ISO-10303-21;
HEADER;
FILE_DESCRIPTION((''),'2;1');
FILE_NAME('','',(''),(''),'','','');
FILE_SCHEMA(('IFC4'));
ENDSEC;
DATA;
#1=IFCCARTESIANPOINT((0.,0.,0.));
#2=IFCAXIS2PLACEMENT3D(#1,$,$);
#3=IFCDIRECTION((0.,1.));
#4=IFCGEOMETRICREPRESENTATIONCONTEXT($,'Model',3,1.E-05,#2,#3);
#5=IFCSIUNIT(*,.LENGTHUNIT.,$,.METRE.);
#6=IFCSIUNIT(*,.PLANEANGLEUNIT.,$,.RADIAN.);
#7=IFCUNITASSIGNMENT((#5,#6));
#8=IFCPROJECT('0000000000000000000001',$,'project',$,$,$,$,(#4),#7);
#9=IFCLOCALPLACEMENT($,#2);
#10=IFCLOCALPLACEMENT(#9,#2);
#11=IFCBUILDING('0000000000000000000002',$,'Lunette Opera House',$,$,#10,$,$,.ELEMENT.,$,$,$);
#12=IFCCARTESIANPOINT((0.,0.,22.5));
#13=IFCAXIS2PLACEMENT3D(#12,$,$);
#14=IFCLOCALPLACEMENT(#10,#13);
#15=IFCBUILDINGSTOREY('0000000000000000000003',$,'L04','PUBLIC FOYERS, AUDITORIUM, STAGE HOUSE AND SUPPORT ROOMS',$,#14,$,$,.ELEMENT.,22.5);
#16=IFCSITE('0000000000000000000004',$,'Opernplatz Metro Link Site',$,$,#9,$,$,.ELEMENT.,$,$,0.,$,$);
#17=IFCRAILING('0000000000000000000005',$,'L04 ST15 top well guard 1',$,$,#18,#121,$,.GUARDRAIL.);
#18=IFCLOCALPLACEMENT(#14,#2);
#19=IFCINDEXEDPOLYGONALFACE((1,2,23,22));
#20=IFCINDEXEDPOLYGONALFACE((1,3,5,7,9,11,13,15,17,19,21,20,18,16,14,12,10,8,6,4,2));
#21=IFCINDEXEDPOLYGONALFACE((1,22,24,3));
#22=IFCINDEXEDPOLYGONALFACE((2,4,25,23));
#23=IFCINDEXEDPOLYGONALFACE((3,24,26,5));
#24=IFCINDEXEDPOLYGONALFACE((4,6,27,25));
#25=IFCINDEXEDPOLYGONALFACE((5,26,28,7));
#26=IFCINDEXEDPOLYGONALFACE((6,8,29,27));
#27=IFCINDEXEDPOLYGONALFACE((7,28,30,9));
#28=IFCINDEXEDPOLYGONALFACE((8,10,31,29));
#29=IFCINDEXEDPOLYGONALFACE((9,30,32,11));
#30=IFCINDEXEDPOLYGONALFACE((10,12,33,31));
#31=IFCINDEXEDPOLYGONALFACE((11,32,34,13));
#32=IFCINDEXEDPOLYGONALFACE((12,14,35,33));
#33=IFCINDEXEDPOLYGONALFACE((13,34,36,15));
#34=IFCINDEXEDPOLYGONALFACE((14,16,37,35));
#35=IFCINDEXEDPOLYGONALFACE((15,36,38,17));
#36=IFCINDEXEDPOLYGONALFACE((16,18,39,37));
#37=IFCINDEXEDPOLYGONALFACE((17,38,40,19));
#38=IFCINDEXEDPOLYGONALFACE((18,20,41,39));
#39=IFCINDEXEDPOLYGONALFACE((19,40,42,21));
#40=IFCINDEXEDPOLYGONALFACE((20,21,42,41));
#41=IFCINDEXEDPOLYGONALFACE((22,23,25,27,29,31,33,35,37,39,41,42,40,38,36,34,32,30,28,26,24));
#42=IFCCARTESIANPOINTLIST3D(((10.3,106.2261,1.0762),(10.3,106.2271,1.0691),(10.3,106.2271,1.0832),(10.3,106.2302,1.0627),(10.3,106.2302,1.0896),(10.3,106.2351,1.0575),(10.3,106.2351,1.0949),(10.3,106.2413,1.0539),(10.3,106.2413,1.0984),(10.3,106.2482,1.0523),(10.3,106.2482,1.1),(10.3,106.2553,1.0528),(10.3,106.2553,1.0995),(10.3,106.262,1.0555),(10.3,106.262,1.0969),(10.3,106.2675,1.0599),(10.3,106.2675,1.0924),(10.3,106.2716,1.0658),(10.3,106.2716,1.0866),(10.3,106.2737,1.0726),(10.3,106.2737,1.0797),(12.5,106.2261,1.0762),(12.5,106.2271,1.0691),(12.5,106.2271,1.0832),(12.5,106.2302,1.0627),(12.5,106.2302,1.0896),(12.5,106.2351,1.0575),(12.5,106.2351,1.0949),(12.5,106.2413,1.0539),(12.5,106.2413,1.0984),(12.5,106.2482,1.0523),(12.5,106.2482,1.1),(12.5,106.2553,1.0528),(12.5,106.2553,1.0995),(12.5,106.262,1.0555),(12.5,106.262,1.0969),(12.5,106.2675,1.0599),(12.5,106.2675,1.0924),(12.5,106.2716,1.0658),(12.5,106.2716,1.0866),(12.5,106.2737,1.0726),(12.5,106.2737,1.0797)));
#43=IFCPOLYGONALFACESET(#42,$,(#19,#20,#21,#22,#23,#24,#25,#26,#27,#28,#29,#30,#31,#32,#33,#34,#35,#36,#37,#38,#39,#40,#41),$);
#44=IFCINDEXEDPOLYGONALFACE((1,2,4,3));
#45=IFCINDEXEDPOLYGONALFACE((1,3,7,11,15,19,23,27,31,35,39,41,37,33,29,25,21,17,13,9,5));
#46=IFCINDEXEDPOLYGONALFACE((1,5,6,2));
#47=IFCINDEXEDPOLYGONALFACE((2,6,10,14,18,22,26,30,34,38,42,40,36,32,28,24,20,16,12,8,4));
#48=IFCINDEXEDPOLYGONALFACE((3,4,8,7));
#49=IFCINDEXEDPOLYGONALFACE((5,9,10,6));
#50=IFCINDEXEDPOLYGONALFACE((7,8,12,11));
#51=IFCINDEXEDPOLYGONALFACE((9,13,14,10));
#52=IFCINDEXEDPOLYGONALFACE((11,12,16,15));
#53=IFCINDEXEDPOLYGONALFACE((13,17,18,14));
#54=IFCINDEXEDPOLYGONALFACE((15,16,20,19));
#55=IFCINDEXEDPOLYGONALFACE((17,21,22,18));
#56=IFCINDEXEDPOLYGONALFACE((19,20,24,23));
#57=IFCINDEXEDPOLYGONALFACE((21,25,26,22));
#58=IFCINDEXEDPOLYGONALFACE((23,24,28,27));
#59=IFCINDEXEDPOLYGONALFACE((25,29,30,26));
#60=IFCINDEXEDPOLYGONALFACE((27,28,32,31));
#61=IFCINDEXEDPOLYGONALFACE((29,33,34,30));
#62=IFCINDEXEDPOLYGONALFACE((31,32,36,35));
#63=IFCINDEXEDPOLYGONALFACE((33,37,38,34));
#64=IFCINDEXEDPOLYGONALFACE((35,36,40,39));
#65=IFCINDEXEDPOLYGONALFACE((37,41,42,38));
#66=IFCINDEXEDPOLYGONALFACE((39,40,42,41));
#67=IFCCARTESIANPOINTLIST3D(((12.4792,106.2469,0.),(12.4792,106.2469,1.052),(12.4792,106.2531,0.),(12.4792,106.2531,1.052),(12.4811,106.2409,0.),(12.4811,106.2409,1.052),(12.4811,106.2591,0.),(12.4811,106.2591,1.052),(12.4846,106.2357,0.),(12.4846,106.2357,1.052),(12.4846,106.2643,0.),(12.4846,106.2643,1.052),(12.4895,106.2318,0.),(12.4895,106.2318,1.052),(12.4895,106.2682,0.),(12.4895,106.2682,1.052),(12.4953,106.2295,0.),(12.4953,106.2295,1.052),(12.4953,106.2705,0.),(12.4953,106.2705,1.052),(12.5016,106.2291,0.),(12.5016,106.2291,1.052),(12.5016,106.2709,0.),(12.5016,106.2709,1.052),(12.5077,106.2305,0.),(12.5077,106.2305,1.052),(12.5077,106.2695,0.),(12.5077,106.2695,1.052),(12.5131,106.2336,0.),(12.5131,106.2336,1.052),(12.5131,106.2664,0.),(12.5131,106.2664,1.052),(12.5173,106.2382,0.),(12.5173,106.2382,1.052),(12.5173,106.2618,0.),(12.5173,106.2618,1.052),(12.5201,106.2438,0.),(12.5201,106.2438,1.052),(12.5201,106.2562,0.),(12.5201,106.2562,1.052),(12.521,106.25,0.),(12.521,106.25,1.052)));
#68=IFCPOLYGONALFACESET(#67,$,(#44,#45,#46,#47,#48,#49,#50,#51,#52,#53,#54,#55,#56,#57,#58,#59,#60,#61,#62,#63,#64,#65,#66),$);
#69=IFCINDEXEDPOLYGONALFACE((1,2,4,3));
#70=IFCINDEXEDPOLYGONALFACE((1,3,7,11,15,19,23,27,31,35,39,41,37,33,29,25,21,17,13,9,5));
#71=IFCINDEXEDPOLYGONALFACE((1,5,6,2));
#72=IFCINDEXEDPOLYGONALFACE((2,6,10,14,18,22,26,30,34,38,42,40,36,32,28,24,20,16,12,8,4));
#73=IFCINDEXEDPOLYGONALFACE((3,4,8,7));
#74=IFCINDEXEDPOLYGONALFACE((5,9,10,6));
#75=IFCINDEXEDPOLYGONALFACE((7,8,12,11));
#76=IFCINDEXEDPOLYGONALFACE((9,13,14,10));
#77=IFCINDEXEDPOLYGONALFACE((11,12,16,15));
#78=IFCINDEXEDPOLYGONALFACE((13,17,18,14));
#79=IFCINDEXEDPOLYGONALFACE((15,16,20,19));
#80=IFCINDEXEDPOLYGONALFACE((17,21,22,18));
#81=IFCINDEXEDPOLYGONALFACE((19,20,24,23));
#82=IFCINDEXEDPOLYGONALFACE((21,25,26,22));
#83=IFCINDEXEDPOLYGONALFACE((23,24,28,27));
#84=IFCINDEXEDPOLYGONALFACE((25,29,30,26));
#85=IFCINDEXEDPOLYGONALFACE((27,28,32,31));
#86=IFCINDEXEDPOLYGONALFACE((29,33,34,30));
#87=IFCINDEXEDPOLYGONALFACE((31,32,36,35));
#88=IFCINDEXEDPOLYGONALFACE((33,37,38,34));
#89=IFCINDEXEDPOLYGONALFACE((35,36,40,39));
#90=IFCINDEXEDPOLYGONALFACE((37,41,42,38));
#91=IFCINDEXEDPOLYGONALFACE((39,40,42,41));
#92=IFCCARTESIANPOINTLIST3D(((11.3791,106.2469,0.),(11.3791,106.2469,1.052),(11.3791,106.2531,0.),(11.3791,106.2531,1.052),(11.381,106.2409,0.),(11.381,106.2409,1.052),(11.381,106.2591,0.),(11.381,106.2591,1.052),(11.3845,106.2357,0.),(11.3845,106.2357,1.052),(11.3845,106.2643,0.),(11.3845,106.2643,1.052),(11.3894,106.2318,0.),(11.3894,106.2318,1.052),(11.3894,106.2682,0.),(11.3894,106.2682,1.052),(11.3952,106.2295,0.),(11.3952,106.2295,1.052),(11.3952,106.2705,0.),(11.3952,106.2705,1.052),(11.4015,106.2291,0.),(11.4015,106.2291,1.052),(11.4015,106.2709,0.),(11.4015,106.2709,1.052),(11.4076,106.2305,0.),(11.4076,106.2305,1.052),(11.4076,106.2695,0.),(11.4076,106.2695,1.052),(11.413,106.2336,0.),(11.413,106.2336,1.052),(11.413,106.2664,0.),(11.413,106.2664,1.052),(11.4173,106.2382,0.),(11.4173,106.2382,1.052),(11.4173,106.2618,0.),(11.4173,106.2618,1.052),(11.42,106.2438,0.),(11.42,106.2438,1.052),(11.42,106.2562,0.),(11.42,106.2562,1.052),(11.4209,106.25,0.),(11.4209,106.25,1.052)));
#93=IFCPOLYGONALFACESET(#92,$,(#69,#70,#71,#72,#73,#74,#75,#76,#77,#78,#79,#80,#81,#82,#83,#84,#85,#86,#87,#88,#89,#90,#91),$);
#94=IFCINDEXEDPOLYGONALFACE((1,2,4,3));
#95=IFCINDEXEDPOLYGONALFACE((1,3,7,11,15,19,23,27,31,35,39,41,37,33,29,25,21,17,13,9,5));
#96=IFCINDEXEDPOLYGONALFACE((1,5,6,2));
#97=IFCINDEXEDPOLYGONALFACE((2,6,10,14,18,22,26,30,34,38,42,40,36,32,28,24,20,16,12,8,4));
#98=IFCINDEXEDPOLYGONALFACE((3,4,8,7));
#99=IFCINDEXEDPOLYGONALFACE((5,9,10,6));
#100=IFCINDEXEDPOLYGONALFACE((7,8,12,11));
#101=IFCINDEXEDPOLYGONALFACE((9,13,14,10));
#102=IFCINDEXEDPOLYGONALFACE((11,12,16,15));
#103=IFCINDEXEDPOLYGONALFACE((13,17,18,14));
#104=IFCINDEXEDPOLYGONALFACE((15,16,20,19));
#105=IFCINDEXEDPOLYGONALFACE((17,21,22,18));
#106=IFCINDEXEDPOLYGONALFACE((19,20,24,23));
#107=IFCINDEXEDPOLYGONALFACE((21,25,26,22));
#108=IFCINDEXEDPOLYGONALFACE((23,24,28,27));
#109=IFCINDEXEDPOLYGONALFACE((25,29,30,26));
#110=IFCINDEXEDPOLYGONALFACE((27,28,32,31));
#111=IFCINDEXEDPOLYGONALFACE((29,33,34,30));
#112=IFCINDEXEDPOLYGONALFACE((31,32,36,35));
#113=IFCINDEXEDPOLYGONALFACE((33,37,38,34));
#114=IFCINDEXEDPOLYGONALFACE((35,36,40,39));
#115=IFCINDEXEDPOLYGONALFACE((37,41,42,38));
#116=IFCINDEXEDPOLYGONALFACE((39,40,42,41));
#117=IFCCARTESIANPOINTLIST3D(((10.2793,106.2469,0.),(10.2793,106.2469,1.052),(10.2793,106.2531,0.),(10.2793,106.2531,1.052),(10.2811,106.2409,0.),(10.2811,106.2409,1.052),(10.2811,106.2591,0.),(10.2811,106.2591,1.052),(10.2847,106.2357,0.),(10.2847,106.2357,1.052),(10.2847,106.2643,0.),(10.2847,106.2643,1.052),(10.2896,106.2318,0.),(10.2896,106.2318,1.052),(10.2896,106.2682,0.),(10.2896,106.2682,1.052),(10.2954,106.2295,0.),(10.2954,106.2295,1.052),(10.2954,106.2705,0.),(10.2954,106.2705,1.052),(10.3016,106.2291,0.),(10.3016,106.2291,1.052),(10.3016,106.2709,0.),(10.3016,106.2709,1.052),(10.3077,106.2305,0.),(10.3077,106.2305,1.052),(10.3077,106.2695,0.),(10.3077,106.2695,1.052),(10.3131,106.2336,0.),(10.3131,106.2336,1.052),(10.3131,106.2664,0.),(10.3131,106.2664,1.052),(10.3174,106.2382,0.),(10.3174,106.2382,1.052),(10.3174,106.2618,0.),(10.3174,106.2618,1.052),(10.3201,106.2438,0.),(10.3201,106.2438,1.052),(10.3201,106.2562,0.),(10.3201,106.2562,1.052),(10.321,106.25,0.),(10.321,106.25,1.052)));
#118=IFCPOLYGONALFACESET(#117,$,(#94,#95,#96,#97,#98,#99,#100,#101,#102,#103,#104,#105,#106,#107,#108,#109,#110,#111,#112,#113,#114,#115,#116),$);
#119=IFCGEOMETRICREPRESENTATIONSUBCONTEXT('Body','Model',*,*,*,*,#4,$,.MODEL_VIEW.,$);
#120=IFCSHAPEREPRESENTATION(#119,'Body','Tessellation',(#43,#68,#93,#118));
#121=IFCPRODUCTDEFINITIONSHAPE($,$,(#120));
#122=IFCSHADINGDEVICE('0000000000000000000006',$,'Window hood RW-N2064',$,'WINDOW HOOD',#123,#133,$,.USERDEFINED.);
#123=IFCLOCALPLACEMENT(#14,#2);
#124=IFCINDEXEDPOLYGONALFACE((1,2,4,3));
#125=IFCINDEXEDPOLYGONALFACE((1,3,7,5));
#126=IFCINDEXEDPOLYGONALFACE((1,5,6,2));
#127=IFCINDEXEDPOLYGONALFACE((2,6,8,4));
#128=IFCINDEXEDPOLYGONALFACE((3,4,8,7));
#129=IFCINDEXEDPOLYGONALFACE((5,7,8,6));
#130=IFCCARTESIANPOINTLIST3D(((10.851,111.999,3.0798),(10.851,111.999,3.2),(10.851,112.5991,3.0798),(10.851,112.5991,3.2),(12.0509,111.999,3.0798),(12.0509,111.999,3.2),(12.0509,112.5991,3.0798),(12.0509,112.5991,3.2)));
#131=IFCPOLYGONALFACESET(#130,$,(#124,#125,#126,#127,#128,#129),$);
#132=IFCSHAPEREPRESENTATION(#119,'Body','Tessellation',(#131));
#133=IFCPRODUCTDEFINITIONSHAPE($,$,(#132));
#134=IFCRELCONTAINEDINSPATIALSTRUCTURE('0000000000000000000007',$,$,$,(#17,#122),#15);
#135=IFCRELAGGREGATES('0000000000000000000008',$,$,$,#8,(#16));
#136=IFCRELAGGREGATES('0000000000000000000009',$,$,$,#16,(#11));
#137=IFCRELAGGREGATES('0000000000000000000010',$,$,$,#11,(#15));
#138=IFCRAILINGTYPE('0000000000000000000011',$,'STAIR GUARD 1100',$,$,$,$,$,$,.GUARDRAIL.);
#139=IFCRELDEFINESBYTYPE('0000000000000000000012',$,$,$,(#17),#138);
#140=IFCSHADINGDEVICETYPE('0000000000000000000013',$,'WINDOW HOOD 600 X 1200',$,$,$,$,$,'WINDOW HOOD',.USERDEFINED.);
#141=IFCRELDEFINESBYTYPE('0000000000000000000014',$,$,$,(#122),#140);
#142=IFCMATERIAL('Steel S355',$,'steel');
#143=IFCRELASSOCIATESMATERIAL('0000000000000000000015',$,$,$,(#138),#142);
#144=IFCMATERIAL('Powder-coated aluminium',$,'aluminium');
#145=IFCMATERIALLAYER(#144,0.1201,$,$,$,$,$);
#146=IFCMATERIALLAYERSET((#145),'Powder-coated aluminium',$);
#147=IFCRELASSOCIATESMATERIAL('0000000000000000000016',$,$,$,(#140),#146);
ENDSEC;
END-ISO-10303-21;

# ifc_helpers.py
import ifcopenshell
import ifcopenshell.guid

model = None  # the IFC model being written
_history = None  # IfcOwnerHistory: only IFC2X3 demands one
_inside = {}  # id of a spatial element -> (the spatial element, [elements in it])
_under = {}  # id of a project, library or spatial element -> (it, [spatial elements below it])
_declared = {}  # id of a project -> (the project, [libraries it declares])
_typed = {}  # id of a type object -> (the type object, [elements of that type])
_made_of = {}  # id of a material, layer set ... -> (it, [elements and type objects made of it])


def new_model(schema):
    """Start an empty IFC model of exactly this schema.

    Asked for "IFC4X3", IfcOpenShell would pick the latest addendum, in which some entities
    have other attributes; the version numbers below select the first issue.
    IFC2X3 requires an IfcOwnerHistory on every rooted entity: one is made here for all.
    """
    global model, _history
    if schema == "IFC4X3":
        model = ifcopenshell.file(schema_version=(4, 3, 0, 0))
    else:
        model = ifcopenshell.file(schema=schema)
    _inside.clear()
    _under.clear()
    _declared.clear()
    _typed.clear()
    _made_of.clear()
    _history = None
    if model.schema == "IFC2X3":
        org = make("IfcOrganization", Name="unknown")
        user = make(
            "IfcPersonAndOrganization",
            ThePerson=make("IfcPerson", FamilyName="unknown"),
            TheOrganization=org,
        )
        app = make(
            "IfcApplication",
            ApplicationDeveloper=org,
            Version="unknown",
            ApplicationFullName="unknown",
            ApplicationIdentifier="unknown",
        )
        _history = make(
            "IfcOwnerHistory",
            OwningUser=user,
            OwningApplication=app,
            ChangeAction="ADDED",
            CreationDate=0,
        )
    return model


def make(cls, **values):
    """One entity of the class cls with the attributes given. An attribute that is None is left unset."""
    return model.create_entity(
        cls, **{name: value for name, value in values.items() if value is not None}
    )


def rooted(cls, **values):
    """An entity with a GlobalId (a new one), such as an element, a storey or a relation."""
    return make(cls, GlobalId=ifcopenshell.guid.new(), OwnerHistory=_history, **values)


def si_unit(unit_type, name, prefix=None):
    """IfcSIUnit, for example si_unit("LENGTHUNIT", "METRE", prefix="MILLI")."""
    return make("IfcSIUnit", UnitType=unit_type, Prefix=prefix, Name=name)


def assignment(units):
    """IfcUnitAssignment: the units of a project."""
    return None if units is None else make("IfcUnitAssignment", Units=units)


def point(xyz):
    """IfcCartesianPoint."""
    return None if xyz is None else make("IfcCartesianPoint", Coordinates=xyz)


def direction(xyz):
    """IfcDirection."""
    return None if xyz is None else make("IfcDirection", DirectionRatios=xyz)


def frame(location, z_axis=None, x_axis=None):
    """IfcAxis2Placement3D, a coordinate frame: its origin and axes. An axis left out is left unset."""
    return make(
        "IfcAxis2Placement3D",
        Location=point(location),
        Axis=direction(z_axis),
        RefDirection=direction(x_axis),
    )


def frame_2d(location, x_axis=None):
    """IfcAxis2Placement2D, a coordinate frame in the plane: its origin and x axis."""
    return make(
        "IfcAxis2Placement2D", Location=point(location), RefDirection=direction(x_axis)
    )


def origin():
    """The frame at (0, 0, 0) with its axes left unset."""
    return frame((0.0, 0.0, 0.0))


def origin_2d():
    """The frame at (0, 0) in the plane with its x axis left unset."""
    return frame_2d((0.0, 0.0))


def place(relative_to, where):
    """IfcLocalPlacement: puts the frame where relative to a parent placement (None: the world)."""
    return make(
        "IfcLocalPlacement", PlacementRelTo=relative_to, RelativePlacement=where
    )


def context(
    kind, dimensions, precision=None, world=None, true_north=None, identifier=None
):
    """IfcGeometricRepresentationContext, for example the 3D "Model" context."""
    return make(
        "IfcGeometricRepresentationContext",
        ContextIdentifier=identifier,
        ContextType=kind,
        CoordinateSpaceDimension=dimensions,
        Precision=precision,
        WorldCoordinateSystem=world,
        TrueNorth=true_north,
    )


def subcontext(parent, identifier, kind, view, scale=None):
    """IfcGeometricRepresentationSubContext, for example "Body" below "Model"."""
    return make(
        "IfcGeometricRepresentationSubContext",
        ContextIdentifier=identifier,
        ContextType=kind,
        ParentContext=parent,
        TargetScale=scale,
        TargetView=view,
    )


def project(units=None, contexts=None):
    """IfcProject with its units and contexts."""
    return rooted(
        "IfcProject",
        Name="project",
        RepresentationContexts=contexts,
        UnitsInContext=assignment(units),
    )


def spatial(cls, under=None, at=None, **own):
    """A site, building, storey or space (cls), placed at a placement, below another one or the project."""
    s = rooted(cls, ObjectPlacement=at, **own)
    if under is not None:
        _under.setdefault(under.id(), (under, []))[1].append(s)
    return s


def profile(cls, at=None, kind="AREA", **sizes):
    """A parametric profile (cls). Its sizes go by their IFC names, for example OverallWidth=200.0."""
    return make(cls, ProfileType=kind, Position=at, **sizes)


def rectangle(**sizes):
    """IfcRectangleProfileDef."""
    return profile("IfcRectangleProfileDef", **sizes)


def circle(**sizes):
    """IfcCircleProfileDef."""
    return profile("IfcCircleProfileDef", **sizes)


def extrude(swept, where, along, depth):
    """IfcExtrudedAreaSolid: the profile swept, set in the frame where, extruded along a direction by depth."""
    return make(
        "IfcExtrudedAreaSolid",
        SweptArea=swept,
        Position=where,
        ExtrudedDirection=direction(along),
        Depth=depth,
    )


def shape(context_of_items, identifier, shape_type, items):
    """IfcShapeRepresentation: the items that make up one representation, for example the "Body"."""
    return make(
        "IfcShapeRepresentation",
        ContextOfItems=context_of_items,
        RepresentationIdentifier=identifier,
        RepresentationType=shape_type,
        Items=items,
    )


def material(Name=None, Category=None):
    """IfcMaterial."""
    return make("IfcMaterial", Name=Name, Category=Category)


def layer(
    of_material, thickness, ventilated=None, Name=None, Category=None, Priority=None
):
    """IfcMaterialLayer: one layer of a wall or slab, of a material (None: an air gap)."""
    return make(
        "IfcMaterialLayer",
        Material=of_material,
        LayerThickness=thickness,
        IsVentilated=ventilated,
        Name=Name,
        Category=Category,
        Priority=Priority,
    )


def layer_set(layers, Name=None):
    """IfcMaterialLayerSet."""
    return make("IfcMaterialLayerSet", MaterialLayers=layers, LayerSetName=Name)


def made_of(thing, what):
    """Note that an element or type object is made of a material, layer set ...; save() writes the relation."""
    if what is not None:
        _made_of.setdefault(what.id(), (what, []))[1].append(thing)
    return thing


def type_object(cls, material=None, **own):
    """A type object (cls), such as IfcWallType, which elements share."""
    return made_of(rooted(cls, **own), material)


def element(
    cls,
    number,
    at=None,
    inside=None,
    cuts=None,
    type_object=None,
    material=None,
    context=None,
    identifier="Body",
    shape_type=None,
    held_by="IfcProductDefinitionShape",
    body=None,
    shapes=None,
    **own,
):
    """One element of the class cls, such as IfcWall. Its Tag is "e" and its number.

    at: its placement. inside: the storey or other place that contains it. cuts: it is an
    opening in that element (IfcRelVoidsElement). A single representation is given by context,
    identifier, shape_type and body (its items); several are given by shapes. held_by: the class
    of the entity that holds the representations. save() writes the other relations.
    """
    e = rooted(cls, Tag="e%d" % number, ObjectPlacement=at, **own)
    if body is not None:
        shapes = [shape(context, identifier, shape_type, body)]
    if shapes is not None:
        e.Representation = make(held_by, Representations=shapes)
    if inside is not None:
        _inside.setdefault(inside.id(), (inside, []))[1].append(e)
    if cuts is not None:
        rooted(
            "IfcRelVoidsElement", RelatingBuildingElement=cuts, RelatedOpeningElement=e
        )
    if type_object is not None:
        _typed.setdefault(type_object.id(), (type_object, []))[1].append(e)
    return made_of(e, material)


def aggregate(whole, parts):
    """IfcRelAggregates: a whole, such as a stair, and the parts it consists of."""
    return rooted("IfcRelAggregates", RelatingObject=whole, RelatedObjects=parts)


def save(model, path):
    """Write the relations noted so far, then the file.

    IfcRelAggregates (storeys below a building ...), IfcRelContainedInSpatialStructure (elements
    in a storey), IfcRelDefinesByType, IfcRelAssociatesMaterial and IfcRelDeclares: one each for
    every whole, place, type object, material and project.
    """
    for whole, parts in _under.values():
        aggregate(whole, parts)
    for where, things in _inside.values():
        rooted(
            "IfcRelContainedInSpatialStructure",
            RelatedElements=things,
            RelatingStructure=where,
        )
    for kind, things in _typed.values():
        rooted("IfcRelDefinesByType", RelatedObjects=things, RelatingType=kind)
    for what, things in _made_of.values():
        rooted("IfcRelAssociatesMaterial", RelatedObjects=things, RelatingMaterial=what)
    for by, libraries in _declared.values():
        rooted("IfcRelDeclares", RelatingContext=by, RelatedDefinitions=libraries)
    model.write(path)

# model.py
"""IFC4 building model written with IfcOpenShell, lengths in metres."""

from ifc_helpers import new_model, si_unit, direction, frame, origin, origin_2d, place, context, subcontext, project, spatial, rectangle, circle, extrude, material, layer, layer_set, type_object, element, save


model = new_model("IFC4")

# Units and contexts
model_context = context("Model", 3, precision=1e-05, world=origin(), true_north=direction((0.0, 1.0)))
body_context = subcontext(model_context, "Body", "Model", "MODEL_VIEW")
ifc_project = project(units=[si_unit("LENGTHUNIT", "METRE"), si_unit("PLANEANGLEUNIT", "RADIAN")], contexts=[model_context])

# Site, building, storey
site_placement = place(None, origin())
site = spatial("IfcSite", under=ifc_project, at=site_placement, Name="Opernplatz Metro Link Site", CompositionType="ELEMENT", RefElevation=0.0)
building_placement = place(site_placement, origin())
building = spatial("IfcBuilding", under=site, at=building_placement, Name="Lunette Opera House", CompositionType="ELEMENT")
storey_placement = place(building_placement, frame((0.0, 0.0, 22.5)))
storey = spatial("IfcBuildingStorey", under=building, at=storey_placement, Name="L04", Description="PUBLIC FOYERS, AUDITORIUM, STAGE HOUSE AND SUPPORT ROOMS", CompositionType="ELEMENT", Elevation=22.5)

# Railing
ifc_material_1 = material(Name="Steel S355", Category="steel")
railing_type = type_object("IfcRailingType", Name="STAIR GUARD 1100", PredefinedType="GUARDRAIL", material=ifc_material_1)
railing_placement = place(storey_placement, frame((12.5, 106.25, 0.0)))
element("IfcRailing", 1, at=railing_placement, inside=storey, type_object=railing_type, Name="L04 ST15 top well guard 1", PredefinedType="GUARDRAIL", context=body_context, shape_type="SweptSolid", body=[
    extrude(circle(Radius=0.0239, at=origin_2d()), frame((0.0, 0.0, 1.0762), z_axis=(-1.0, 0.0, 0.0), x_axis=(0.0, -1.0, 0.0)), (0.0, 0.0, 1.0), 2.2),
    extrude(circle(Radius=0.021, at=origin_2d()), origin(), (0.0, 0.0, 1.0), 1.052),
    extrude(circle(Radius=0.021, at=origin_2d()), frame((-1.1001, 0.0, 0.0)), (0.0, 0.0, 1.0), 1.052),
    extrude(circle(Radius=0.021, at=origin_2d()), frame((-2.2, 0.0, 0.0)), (0.0, 0.0, 1.0), 1.052),
])

# Shading device
ifc_material_2 = material(Name="Powder-coated aluminium", Category="aluminium")
ifc_layer_1 = layer(ifc_material_2, 0.1201)
ifc_layer_set_1 = layer_set([ifc_layer_1], Name="Powder-coated aluminium")
shading_device_type = type_object("IfcShadingDeviceType", Name="WINDOW HOOD 600 X 1200", ElementType="WINDOW HOOD", PredefinedType="USERDEFINED", material=ifc_layer_set_1)
shading_device_placement = place(storey_placement, frame((11.4509, 112.2991, 3.0798), z_axis=(0.0, 0.0, 1.0), x_axis=(0.0, 1.0, 0.0)))
element("IfcShadingDevice", 2, at=shading_device_placement, inside=storey, type_object=shading_device_type, Name="Window hood RW-N2064", ObjectType="WINDOW HOOD", PredefinedType="USERDEFINED", context=body_context, shape_type="SweptSolid", body=[
    extrude(rectangle(XDim=0.6001, YDim=1.2, at=origin_2d()), origin(), (0.0, 0.0, 1.0), 0.1201),
])

save(model, "model.ifc")
